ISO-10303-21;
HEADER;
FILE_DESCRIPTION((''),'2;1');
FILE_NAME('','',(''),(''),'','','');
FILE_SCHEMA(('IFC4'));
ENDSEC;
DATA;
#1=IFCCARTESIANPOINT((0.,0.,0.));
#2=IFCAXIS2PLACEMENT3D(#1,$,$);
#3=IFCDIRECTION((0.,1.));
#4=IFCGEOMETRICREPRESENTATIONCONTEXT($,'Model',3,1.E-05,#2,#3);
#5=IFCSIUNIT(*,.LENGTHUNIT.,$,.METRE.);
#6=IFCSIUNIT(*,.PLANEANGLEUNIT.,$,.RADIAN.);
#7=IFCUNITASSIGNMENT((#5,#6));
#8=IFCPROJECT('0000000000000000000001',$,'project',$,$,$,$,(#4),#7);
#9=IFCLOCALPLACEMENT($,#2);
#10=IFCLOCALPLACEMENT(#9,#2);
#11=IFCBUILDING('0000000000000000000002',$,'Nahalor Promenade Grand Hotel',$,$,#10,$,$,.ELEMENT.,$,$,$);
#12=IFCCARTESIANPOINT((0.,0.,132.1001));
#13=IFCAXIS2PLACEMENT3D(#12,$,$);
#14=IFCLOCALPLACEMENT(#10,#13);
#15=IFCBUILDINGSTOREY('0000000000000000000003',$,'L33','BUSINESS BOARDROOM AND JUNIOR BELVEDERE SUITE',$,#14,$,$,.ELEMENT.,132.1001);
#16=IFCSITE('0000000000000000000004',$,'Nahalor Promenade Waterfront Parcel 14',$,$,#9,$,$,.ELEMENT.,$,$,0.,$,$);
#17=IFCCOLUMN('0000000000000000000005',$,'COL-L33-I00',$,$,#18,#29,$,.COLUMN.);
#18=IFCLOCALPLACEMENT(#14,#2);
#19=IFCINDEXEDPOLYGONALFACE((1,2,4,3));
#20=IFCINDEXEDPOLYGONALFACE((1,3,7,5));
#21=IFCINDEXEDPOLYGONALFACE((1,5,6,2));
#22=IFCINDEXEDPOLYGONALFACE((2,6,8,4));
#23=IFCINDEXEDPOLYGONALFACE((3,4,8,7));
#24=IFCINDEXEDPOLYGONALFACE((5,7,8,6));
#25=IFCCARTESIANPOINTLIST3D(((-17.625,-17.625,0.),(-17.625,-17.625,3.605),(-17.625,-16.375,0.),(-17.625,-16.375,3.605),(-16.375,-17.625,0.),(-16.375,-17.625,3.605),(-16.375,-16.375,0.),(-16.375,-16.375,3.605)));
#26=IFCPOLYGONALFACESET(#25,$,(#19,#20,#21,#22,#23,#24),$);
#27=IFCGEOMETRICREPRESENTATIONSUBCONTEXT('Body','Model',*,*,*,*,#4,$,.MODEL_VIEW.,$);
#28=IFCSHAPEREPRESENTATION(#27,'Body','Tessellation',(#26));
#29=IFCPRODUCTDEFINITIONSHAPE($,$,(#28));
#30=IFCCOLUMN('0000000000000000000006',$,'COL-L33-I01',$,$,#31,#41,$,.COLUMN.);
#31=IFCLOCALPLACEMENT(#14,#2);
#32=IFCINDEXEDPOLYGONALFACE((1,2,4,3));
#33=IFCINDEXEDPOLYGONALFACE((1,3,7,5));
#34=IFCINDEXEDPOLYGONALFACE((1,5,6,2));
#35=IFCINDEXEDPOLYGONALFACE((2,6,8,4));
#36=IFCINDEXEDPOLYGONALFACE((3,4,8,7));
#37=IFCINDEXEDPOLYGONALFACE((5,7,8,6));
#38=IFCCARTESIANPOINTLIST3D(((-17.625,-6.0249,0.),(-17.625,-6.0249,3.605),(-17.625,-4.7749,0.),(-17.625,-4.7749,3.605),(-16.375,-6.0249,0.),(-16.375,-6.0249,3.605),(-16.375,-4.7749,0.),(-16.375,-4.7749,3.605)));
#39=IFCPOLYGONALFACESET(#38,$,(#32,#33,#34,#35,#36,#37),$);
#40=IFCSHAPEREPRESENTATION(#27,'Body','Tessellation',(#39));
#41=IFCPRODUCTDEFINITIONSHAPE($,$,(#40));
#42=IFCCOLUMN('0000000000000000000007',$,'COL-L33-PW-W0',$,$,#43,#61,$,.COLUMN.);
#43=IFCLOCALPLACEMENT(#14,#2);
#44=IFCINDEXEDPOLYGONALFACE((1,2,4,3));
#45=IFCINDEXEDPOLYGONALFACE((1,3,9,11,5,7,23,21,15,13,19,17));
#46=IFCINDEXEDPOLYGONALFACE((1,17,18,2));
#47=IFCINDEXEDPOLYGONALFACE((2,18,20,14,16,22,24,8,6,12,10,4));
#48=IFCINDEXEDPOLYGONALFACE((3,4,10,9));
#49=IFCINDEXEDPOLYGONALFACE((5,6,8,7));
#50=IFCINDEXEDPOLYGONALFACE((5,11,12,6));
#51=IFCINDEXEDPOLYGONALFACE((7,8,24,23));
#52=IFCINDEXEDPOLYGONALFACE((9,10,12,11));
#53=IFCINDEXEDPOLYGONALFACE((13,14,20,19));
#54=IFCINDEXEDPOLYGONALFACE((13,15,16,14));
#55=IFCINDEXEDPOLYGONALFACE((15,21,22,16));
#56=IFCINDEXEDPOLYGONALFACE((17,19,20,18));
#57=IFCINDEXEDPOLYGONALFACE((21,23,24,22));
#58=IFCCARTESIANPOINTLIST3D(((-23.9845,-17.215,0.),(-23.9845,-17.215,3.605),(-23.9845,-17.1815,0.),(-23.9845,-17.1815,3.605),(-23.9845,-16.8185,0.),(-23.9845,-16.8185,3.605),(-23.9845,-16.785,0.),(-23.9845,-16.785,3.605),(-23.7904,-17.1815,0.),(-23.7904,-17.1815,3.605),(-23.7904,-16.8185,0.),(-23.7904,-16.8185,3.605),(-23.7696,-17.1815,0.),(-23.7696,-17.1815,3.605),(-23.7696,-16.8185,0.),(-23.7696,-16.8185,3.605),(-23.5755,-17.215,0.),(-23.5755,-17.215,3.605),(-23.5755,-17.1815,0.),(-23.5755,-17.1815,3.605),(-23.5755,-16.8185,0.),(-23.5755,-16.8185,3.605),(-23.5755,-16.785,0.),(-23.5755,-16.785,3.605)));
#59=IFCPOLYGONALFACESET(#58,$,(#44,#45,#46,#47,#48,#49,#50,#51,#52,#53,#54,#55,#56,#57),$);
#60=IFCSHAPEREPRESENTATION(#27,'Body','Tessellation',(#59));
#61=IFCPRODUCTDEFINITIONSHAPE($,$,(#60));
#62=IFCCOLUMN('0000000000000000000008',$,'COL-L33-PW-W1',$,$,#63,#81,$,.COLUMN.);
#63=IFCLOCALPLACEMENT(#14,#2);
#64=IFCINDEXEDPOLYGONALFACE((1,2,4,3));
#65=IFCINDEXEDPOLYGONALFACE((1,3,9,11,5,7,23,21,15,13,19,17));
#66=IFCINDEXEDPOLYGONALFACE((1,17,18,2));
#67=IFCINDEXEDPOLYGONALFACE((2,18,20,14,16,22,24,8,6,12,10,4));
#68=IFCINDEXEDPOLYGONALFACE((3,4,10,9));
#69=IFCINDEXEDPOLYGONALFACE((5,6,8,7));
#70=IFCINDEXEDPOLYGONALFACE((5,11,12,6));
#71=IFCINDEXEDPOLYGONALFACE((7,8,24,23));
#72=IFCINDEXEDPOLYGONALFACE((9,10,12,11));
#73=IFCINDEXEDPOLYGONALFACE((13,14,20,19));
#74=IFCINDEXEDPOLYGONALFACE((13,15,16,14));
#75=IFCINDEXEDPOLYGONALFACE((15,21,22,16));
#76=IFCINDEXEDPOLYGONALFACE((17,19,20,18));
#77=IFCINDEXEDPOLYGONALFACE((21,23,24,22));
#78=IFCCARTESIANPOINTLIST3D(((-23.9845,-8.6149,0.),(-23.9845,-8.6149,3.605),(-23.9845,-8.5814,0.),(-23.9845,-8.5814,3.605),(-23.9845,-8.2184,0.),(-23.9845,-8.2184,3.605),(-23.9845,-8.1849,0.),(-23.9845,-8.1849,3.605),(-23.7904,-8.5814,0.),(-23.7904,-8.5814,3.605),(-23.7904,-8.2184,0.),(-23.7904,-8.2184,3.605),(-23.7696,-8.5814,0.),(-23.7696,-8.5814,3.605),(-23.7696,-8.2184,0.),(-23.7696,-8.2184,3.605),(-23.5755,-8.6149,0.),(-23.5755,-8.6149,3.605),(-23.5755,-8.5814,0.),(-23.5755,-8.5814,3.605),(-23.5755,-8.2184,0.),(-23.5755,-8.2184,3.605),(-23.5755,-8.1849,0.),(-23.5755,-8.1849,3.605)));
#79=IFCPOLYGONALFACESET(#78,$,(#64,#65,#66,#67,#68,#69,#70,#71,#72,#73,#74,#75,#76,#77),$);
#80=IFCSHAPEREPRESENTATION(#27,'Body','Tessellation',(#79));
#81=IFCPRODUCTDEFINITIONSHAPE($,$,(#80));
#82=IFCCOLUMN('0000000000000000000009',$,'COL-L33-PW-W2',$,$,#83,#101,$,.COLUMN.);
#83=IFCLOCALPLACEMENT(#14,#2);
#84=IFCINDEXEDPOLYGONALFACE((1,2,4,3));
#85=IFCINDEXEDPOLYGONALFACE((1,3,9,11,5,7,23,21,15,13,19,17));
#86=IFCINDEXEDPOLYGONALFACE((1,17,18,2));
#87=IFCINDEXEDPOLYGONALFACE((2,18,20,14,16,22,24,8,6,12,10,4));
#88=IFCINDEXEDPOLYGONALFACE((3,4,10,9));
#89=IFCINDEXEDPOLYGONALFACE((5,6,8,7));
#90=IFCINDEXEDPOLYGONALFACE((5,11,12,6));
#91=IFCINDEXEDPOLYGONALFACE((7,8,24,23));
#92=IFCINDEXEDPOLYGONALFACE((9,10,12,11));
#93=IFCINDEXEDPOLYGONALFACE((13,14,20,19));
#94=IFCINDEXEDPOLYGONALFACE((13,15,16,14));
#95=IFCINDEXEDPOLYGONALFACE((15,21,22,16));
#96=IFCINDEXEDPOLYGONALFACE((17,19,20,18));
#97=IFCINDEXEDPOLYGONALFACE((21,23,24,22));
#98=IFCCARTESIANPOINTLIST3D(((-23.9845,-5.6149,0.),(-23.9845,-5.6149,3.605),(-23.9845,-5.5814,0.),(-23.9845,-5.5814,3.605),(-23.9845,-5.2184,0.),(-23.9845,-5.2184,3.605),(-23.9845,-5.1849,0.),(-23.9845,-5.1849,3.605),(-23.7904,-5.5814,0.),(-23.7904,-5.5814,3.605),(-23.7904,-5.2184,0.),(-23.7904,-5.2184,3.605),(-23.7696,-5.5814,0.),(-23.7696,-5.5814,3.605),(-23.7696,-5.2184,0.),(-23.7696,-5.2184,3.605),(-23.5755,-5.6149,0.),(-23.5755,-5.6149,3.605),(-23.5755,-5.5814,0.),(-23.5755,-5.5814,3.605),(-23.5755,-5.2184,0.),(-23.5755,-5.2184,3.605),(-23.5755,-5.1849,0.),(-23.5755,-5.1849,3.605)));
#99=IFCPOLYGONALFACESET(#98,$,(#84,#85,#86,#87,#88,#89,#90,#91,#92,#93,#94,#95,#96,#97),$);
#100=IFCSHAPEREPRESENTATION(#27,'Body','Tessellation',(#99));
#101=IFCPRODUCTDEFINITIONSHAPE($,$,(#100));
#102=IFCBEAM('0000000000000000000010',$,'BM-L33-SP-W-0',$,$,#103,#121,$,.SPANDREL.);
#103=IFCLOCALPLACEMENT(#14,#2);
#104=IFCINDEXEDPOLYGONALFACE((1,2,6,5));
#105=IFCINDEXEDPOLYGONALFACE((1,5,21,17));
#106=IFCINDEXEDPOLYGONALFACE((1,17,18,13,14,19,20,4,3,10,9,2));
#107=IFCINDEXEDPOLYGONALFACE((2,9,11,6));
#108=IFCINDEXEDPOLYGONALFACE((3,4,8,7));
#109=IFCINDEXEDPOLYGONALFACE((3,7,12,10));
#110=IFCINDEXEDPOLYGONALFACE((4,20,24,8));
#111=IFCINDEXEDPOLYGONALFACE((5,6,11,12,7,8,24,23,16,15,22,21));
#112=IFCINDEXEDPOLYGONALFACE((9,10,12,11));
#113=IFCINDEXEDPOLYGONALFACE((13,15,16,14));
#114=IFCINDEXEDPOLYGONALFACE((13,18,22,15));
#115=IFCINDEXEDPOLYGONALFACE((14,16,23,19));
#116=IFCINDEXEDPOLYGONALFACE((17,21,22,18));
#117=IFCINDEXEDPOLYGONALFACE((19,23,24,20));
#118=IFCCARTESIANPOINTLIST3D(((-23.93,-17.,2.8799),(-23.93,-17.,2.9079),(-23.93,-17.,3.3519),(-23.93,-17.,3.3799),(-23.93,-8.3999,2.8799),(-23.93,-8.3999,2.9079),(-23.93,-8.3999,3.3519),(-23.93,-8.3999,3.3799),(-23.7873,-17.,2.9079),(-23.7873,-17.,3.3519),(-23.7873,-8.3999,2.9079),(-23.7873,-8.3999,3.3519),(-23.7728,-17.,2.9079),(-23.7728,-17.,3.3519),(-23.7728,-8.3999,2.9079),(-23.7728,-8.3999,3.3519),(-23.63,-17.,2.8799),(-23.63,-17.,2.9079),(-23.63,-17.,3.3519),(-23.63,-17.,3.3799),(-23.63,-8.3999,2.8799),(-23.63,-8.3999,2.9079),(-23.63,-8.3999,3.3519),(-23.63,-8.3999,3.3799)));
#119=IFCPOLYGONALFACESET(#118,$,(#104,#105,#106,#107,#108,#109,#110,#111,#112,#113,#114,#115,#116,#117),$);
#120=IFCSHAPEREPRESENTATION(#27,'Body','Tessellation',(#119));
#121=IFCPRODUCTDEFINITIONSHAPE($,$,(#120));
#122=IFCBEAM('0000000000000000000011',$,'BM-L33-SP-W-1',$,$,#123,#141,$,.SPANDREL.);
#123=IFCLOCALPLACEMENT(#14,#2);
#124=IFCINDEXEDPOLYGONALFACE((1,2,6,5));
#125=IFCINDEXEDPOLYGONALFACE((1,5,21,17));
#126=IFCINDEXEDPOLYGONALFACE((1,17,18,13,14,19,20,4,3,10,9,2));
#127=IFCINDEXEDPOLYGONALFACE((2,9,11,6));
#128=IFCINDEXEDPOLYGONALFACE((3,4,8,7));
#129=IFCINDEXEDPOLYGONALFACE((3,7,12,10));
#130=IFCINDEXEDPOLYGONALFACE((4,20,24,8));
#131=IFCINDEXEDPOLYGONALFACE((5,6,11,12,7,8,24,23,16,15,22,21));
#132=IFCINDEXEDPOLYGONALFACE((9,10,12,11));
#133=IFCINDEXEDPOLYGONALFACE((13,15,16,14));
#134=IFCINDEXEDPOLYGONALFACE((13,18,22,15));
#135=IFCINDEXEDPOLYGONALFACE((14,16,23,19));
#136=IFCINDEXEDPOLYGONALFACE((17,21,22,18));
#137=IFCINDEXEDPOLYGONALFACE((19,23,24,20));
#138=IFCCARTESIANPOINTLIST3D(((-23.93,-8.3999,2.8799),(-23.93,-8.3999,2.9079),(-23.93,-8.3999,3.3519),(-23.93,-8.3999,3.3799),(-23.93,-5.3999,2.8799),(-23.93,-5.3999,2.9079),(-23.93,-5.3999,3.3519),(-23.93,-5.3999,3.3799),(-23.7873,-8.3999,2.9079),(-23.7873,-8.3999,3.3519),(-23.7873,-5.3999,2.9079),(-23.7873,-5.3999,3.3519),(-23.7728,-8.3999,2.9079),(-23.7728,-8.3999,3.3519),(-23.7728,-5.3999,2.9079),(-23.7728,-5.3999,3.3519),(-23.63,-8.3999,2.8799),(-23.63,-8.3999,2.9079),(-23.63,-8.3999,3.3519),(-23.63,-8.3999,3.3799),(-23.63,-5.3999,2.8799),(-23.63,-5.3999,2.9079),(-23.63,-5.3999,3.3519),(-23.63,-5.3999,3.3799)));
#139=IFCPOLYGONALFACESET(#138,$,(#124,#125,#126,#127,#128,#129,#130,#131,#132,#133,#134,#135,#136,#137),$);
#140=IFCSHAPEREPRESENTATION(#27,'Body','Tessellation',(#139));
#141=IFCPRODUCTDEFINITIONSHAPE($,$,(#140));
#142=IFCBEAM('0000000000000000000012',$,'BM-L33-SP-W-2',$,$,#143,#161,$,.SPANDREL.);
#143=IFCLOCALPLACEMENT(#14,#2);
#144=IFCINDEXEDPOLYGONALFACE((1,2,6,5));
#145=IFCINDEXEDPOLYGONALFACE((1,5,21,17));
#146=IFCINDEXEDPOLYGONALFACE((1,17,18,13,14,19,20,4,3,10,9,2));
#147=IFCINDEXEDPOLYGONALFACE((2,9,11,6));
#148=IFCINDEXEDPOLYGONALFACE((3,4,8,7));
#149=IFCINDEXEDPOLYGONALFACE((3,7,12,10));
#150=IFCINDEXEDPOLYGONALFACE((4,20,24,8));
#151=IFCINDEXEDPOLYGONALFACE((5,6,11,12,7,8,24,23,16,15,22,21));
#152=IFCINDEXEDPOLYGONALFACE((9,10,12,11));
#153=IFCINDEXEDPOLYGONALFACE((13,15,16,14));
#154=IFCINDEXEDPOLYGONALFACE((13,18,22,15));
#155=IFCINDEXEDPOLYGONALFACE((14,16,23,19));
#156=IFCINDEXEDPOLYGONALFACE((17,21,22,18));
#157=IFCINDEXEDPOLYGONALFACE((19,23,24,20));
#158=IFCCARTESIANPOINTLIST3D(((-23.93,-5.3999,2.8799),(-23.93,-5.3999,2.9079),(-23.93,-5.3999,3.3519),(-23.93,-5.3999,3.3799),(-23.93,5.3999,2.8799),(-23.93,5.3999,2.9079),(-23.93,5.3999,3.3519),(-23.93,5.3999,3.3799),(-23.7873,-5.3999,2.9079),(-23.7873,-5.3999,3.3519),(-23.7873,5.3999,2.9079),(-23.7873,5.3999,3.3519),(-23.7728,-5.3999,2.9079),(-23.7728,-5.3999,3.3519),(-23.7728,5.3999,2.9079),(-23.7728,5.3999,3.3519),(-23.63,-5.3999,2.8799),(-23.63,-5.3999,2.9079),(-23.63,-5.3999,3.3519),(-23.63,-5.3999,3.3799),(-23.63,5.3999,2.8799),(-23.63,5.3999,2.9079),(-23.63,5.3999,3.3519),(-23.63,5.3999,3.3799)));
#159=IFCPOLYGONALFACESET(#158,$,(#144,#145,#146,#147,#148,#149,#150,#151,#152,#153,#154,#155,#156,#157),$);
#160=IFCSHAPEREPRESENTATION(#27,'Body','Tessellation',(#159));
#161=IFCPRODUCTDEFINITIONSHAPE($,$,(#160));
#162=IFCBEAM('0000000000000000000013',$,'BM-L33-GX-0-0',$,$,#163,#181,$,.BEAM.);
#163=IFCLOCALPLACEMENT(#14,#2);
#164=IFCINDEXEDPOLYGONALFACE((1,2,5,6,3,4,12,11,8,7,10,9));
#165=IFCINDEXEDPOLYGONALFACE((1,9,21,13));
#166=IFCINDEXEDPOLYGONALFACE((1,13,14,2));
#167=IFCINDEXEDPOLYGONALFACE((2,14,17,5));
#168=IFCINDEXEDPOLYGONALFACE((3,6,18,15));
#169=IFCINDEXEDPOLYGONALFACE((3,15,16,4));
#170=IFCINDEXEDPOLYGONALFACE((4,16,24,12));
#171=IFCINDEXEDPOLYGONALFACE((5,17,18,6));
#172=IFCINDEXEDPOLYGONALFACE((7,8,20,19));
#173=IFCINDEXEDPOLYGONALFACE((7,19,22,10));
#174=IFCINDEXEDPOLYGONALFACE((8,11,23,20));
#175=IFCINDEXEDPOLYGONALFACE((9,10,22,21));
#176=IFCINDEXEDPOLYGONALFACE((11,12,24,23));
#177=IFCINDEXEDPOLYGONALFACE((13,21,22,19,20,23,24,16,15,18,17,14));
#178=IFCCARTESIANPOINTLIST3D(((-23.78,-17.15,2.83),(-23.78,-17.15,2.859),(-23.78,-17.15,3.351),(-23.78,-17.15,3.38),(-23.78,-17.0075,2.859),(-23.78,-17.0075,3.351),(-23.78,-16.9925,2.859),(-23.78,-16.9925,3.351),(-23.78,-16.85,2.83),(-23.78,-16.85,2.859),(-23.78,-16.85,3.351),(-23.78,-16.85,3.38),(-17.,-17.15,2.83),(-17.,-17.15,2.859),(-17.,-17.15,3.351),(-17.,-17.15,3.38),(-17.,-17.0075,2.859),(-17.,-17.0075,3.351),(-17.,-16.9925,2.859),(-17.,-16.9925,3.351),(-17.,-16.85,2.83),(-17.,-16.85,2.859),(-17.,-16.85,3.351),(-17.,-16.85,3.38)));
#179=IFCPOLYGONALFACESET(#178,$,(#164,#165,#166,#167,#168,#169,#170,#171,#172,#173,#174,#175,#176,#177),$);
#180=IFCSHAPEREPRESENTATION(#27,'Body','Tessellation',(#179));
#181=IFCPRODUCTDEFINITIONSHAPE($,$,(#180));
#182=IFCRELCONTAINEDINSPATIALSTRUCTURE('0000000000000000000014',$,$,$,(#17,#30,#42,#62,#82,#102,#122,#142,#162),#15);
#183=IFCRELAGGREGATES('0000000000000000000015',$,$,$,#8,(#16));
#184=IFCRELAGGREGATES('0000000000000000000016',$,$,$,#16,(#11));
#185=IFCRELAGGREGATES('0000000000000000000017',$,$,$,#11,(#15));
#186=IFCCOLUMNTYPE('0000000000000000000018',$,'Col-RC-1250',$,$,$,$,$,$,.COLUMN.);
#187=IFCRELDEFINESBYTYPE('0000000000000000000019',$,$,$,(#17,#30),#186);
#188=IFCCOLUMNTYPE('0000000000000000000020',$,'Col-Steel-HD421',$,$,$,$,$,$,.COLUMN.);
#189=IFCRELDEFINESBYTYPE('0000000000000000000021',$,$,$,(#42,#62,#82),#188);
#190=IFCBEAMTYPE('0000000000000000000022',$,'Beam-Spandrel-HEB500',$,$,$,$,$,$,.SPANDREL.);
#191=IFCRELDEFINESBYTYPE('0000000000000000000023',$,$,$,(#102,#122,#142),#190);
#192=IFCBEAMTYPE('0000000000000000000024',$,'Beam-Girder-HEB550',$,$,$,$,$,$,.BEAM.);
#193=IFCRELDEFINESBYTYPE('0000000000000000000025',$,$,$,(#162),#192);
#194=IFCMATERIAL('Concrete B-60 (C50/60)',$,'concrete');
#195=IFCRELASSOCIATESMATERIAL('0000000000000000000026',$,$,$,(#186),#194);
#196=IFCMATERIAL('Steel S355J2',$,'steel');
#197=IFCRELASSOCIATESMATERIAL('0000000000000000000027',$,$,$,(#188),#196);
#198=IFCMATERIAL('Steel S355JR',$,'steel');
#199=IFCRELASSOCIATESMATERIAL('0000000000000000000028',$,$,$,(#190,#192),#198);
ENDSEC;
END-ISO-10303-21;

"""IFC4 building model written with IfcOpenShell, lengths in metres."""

from ifc_helpers import new_model, si_unit, direction, frame, origin, origin_2d, place, context, subcontext, project, spatial, rectangle, i_section, extrude, source, transform, mapped, material, material_profile, profile_set, type_object, element, save


model = new_model("IFC4")

# Units and contexts
model_context = context("Model", 3, precision=1e-05, world=origin(), true_north=direction((0.0, 1.0)))
body_context = subcontext(model_context, "Body", "Model", "MODEL_VIEW")
ifc_project = project(units=[si_unit("LENGTHUNIT", "METRE"), si_unit("PLANEANGLEUNIT", "RADIAN")], contexts=[model_context])

# Site, building, storey
site_placement = place(None, origin())
site = spatial("IfcSite", under=ifc_project, at=site_placement, Name="Nahalor Promenade Waterfront Parcel 14", CompositionType="ELEMENT", RefElevation=0.0)
building_placement = place(site_placement, origin())
building = spatial("IfcBuilding", under=site, at=building_placement, Name="Nahalor Promenade Grand Hotel", CompositionType="ELEMENT")
storey_placement = place(building_placement, frame((0.0, 0.0, 132.1001)))
storey = spatial("IfcBuildingStorey", under=building, at=storey_placement, Name="L33", Description="BUSINESS BOARDROOM AND JUNIOR BELVEDERE SUITE", CompositionType="ELEMENT", Elevation=132.1001)

# Columns
ifc_material_1 = material(Name="Concrete B-60 (C50/60)", Category="concrete")
ifc_material_profile_1 = material_profile(ifc_material_1, rectangle(XDim=1.25, YDim=1.25, at=origin_2d()), Name="RC 1250x1250")
ifc_profile_set_1 = profile_set([ifc_material_profile_1], Name="Concrete B-60 (C50/60)")
column_type_1 = type_object("IfcColumnType", Name="Col-RC-1250", PredefinedType="COLUMN", material=ifc_profile_set_1)
shared_shape_1 = source(origin(), body_context, "Body", "SweptSolid", [
    extrude(rectangle(XDim=1.25, YDim=1.25, at=origin_2d()), origin(), (0.0, 0.0, 1.0), 3.605),
])
for number, where, z_axis, x_axis, name in (
    (1, (-17.0, -17.0, 0.0), (0.0, 0.0, 1.0), (1.0, 0.0, 0.0), "COL-L33-I00"),
    (2, (-17.0, -5.3999, 0.0), (0.0, 0.0, 1.0), (1.0, 0.0, 0.0), "COL-L33-I01"),
):
    element("IfcColumn", number, at=place(storey_placement, frame(where, z_axis=z_axis, x_axis=x_axis)), inside=storey, type_object=column_type_1, Name=name, PredefinedType="COLUMN", context=body_context, shape_type="MappedRepresentation", body=[
        mapped(shared_shape_1, transform((0.0, 0.0, 0.0), scale=1.0)),
    ])
ifc_material_2 = material(Name="Steel S355J2", Category="steel")
ifc_material_profile_2 = material_profile(ifc_material_2, i_section(OverallWidth=0.409, OverallDepth=0.43, WebThickness=0.0208, FlangeThickness=0.0335, at=origin_2d()), Name="HD 400x421")
ifc_profile_set_2 = profile_set([ifc_material_profile_2], Name="Steel S355J2")
column_type_2 = type_object("IfcColumnType", Name="Col-Steel-HD421", PredefinedType="COLUMN", material=ifc_profile_set_2)
shared_shape_2 = source(origin(), body_context, "Body", "SweptSolid", [
    extrude(i_section(OverallWidth=0.409, OverallDepth=0.43, WebThickness=0.0208, FlangeThickness=0.0335, at=origin_2d()), origin(), (0.0, 0.0, 1.0), 3.605),
])
for number, where, z_axis, x_axis, name in (
    (3, (-23.78, -17.0, 0.0), (0.0, 0.0, 1.0), (1.0, 0.0, 0.0), "COL-L33-PW-W0"),
    (4, (-23.78, -8.3999, 0.0), (0.0, 0.0, 1.0), (1.0, 0.0, 0.0), "COL-L33-PW-W1"),
    (5, (-23.78, -5.3999, 0.0), (0.0, 0.0, 1.0), (1.0, 0.0, 0.0), "COL-L33-PW-W2"),
):
    element("IfcColumn", number, at=place(storey_placement, frame(where, z_axis=z_axis, x_axis=x_axis)), inside=storey, type_object=column_type_2, Name=name, PredefinedType="COLUMN", context=body_context, shape_type="MappedRepresentation", body=[
        mapped(shared_shape_2, transform((0.0, 0.0, 0.0), scale=1.0)),
    ])

# Beams
ifc_material_3 = material(Name="Steel S355JR", Category="steel")
ifc_material_profile_3 = material_profile(ifc_material_3, i_section(OverallWidth=0.3, OverallDepth=0.5, WebThickness=0.0145, FlangeThickness=0.028, at=origin_2d()), Name="HEB 500")
ifc_profile_set_3 = profile_set([ifc_material_profile_3], Name="Steel S355JR")
beam_type_1 = type_object("IfcBeamType", Name="Beam-Spandrel-HEB500", PredefinedType="SPANDREL", material=ifc_profile_set_3)
shared_shape_3 = source(origin(), body_context, "Body", "SweptSolid", [
    extrude(i_section(OverallWidth=0.3, OverallDepth=0.5, WebThickness=0.0145, FlangeThickness=0.028, at=origin_2d()), origin(), (0.0, 0.0, 1.0), 8.6001),
])
beam_1_placement = place(storey_placement, frame((-23.78, -17.0, 3.1299), z_axis=(0.0, 1.0, 0.0), x_axis=(-1.0, 0.0, 0.0)))
element("IfcBeam", 6, at=beam_1_placement, inside=storey, type_object=beam_type_1, Name="BM-L33-SP-W-0", PredefinedType="SPANDREL", context=body_context, shape_type="MappedRepresentation", body=[
    mapped(shared_shape_3, transform((0.0, 0.0, 0.0), scale=1.0)),
])
shared_shape_4 = source(origin(), body_context, "Body", "SweptSolid", [
    extrude(i_section(OverallWidth=0.3, OverallDepth=0.5, WebThickness=0.0145, FlangeThickness=0.028, at=origin_2d()), origin(), (0.0, 0.0, 1.0), 3.0),
])
beam_2_placement = place(storey_placement, frame((-23.78, -8.3999, 3.1299), z_axis=(0.0, 1.0, 0.0), x_axis=(-1.0, 0.0, 0.0)))
element("IfcBeam", 7, at=beam_2_placement, inside=storey, type_object=beam_type_1, Name="BM-L33-SP-W-1", PredefinedType="SPANDREL", context=body_context, shape_type="MappedRepresentation", body=[
    mapped(shared_shape_4, transform((0.0, 0.0, 0.0), scale=1.0)),
])
shared_shape_5 = source(origin(), body_context, "Body", "SweptSolid", [
    extrude(i_section(OverallWidth=0.3, OverallDepth=0.5, WebThickness=0.0145, FlangeThickness=0.028, at=origin_2d()), origin(), (0.0, 0.0, 1.0), 10.7998),
])
beam_3_placement = place(storey_placement, frame((-23.78, -5.3999, 3.1299), z_axis=(0.0, 1.0, 0.0), x_axis=(-1.0, 0.0, 0.0)))
element("IfcBeam", 8, at=beam_3_placement, inside=storey, type_object=beam_type_1, Name="BM-L33-SP-W-2", PredefinedType="SPANDREL", context=body_context, shape_type="MappedRepresentation", body=[
    mapped(shared_shape_5, transform((0.0, 0.0, 0.0), scale=1.0)),
])
ifc_material_profile_4 = material_profile(ifc_material_3, i_section(OverallWidth=0.3, OverallDepth=0.55, WebThickness=0.015, FlangeThickness=0.029, at=origin_2d()), Name="HEB 550")
ifc_profile_set_4 = profile_set([ifc_material_profile_4], Name="Steel S355JR")
beam_type_2 = type_object("IfcBeamType", Name="Beam-Girder-HEB550", PredefinedType="BEAM", material=ifc_profile_set_4)
shared_shape_6 = source(origin(), body_context, "Body", "SweptSolid", [
    extrude(i_section(OverallWidth=0.3, OverallDepth=0.55, WebThickness=0.015, FlangeThickness=0.029, at=origin_2d()), origin(), (0.0, 0.0, 1.0), 6.78),
])
for number, where, z_axis, x_axis, name in (
    (9, (-23.78, -17.0, 3.105), (1.0, 0.0, 0.0), (0.0, 1.0, 0.0), "BM-L33-GX-0-0"),
):
    element("IfcBeam", number, at=place(storey_placement, frame(where, z_axis=z_axis, x_axis=x_axis)), inside=storey, type_object=beam_type_2, Name=name, PredefinedType="BEAM", context=body_context, shape_type="MappedRepresentation", body=[
        mapped(shared_shape_6, transform((0.0, 0.0, 0.0), scale=1.0)),
    ])

save(model, "model.ifc")
